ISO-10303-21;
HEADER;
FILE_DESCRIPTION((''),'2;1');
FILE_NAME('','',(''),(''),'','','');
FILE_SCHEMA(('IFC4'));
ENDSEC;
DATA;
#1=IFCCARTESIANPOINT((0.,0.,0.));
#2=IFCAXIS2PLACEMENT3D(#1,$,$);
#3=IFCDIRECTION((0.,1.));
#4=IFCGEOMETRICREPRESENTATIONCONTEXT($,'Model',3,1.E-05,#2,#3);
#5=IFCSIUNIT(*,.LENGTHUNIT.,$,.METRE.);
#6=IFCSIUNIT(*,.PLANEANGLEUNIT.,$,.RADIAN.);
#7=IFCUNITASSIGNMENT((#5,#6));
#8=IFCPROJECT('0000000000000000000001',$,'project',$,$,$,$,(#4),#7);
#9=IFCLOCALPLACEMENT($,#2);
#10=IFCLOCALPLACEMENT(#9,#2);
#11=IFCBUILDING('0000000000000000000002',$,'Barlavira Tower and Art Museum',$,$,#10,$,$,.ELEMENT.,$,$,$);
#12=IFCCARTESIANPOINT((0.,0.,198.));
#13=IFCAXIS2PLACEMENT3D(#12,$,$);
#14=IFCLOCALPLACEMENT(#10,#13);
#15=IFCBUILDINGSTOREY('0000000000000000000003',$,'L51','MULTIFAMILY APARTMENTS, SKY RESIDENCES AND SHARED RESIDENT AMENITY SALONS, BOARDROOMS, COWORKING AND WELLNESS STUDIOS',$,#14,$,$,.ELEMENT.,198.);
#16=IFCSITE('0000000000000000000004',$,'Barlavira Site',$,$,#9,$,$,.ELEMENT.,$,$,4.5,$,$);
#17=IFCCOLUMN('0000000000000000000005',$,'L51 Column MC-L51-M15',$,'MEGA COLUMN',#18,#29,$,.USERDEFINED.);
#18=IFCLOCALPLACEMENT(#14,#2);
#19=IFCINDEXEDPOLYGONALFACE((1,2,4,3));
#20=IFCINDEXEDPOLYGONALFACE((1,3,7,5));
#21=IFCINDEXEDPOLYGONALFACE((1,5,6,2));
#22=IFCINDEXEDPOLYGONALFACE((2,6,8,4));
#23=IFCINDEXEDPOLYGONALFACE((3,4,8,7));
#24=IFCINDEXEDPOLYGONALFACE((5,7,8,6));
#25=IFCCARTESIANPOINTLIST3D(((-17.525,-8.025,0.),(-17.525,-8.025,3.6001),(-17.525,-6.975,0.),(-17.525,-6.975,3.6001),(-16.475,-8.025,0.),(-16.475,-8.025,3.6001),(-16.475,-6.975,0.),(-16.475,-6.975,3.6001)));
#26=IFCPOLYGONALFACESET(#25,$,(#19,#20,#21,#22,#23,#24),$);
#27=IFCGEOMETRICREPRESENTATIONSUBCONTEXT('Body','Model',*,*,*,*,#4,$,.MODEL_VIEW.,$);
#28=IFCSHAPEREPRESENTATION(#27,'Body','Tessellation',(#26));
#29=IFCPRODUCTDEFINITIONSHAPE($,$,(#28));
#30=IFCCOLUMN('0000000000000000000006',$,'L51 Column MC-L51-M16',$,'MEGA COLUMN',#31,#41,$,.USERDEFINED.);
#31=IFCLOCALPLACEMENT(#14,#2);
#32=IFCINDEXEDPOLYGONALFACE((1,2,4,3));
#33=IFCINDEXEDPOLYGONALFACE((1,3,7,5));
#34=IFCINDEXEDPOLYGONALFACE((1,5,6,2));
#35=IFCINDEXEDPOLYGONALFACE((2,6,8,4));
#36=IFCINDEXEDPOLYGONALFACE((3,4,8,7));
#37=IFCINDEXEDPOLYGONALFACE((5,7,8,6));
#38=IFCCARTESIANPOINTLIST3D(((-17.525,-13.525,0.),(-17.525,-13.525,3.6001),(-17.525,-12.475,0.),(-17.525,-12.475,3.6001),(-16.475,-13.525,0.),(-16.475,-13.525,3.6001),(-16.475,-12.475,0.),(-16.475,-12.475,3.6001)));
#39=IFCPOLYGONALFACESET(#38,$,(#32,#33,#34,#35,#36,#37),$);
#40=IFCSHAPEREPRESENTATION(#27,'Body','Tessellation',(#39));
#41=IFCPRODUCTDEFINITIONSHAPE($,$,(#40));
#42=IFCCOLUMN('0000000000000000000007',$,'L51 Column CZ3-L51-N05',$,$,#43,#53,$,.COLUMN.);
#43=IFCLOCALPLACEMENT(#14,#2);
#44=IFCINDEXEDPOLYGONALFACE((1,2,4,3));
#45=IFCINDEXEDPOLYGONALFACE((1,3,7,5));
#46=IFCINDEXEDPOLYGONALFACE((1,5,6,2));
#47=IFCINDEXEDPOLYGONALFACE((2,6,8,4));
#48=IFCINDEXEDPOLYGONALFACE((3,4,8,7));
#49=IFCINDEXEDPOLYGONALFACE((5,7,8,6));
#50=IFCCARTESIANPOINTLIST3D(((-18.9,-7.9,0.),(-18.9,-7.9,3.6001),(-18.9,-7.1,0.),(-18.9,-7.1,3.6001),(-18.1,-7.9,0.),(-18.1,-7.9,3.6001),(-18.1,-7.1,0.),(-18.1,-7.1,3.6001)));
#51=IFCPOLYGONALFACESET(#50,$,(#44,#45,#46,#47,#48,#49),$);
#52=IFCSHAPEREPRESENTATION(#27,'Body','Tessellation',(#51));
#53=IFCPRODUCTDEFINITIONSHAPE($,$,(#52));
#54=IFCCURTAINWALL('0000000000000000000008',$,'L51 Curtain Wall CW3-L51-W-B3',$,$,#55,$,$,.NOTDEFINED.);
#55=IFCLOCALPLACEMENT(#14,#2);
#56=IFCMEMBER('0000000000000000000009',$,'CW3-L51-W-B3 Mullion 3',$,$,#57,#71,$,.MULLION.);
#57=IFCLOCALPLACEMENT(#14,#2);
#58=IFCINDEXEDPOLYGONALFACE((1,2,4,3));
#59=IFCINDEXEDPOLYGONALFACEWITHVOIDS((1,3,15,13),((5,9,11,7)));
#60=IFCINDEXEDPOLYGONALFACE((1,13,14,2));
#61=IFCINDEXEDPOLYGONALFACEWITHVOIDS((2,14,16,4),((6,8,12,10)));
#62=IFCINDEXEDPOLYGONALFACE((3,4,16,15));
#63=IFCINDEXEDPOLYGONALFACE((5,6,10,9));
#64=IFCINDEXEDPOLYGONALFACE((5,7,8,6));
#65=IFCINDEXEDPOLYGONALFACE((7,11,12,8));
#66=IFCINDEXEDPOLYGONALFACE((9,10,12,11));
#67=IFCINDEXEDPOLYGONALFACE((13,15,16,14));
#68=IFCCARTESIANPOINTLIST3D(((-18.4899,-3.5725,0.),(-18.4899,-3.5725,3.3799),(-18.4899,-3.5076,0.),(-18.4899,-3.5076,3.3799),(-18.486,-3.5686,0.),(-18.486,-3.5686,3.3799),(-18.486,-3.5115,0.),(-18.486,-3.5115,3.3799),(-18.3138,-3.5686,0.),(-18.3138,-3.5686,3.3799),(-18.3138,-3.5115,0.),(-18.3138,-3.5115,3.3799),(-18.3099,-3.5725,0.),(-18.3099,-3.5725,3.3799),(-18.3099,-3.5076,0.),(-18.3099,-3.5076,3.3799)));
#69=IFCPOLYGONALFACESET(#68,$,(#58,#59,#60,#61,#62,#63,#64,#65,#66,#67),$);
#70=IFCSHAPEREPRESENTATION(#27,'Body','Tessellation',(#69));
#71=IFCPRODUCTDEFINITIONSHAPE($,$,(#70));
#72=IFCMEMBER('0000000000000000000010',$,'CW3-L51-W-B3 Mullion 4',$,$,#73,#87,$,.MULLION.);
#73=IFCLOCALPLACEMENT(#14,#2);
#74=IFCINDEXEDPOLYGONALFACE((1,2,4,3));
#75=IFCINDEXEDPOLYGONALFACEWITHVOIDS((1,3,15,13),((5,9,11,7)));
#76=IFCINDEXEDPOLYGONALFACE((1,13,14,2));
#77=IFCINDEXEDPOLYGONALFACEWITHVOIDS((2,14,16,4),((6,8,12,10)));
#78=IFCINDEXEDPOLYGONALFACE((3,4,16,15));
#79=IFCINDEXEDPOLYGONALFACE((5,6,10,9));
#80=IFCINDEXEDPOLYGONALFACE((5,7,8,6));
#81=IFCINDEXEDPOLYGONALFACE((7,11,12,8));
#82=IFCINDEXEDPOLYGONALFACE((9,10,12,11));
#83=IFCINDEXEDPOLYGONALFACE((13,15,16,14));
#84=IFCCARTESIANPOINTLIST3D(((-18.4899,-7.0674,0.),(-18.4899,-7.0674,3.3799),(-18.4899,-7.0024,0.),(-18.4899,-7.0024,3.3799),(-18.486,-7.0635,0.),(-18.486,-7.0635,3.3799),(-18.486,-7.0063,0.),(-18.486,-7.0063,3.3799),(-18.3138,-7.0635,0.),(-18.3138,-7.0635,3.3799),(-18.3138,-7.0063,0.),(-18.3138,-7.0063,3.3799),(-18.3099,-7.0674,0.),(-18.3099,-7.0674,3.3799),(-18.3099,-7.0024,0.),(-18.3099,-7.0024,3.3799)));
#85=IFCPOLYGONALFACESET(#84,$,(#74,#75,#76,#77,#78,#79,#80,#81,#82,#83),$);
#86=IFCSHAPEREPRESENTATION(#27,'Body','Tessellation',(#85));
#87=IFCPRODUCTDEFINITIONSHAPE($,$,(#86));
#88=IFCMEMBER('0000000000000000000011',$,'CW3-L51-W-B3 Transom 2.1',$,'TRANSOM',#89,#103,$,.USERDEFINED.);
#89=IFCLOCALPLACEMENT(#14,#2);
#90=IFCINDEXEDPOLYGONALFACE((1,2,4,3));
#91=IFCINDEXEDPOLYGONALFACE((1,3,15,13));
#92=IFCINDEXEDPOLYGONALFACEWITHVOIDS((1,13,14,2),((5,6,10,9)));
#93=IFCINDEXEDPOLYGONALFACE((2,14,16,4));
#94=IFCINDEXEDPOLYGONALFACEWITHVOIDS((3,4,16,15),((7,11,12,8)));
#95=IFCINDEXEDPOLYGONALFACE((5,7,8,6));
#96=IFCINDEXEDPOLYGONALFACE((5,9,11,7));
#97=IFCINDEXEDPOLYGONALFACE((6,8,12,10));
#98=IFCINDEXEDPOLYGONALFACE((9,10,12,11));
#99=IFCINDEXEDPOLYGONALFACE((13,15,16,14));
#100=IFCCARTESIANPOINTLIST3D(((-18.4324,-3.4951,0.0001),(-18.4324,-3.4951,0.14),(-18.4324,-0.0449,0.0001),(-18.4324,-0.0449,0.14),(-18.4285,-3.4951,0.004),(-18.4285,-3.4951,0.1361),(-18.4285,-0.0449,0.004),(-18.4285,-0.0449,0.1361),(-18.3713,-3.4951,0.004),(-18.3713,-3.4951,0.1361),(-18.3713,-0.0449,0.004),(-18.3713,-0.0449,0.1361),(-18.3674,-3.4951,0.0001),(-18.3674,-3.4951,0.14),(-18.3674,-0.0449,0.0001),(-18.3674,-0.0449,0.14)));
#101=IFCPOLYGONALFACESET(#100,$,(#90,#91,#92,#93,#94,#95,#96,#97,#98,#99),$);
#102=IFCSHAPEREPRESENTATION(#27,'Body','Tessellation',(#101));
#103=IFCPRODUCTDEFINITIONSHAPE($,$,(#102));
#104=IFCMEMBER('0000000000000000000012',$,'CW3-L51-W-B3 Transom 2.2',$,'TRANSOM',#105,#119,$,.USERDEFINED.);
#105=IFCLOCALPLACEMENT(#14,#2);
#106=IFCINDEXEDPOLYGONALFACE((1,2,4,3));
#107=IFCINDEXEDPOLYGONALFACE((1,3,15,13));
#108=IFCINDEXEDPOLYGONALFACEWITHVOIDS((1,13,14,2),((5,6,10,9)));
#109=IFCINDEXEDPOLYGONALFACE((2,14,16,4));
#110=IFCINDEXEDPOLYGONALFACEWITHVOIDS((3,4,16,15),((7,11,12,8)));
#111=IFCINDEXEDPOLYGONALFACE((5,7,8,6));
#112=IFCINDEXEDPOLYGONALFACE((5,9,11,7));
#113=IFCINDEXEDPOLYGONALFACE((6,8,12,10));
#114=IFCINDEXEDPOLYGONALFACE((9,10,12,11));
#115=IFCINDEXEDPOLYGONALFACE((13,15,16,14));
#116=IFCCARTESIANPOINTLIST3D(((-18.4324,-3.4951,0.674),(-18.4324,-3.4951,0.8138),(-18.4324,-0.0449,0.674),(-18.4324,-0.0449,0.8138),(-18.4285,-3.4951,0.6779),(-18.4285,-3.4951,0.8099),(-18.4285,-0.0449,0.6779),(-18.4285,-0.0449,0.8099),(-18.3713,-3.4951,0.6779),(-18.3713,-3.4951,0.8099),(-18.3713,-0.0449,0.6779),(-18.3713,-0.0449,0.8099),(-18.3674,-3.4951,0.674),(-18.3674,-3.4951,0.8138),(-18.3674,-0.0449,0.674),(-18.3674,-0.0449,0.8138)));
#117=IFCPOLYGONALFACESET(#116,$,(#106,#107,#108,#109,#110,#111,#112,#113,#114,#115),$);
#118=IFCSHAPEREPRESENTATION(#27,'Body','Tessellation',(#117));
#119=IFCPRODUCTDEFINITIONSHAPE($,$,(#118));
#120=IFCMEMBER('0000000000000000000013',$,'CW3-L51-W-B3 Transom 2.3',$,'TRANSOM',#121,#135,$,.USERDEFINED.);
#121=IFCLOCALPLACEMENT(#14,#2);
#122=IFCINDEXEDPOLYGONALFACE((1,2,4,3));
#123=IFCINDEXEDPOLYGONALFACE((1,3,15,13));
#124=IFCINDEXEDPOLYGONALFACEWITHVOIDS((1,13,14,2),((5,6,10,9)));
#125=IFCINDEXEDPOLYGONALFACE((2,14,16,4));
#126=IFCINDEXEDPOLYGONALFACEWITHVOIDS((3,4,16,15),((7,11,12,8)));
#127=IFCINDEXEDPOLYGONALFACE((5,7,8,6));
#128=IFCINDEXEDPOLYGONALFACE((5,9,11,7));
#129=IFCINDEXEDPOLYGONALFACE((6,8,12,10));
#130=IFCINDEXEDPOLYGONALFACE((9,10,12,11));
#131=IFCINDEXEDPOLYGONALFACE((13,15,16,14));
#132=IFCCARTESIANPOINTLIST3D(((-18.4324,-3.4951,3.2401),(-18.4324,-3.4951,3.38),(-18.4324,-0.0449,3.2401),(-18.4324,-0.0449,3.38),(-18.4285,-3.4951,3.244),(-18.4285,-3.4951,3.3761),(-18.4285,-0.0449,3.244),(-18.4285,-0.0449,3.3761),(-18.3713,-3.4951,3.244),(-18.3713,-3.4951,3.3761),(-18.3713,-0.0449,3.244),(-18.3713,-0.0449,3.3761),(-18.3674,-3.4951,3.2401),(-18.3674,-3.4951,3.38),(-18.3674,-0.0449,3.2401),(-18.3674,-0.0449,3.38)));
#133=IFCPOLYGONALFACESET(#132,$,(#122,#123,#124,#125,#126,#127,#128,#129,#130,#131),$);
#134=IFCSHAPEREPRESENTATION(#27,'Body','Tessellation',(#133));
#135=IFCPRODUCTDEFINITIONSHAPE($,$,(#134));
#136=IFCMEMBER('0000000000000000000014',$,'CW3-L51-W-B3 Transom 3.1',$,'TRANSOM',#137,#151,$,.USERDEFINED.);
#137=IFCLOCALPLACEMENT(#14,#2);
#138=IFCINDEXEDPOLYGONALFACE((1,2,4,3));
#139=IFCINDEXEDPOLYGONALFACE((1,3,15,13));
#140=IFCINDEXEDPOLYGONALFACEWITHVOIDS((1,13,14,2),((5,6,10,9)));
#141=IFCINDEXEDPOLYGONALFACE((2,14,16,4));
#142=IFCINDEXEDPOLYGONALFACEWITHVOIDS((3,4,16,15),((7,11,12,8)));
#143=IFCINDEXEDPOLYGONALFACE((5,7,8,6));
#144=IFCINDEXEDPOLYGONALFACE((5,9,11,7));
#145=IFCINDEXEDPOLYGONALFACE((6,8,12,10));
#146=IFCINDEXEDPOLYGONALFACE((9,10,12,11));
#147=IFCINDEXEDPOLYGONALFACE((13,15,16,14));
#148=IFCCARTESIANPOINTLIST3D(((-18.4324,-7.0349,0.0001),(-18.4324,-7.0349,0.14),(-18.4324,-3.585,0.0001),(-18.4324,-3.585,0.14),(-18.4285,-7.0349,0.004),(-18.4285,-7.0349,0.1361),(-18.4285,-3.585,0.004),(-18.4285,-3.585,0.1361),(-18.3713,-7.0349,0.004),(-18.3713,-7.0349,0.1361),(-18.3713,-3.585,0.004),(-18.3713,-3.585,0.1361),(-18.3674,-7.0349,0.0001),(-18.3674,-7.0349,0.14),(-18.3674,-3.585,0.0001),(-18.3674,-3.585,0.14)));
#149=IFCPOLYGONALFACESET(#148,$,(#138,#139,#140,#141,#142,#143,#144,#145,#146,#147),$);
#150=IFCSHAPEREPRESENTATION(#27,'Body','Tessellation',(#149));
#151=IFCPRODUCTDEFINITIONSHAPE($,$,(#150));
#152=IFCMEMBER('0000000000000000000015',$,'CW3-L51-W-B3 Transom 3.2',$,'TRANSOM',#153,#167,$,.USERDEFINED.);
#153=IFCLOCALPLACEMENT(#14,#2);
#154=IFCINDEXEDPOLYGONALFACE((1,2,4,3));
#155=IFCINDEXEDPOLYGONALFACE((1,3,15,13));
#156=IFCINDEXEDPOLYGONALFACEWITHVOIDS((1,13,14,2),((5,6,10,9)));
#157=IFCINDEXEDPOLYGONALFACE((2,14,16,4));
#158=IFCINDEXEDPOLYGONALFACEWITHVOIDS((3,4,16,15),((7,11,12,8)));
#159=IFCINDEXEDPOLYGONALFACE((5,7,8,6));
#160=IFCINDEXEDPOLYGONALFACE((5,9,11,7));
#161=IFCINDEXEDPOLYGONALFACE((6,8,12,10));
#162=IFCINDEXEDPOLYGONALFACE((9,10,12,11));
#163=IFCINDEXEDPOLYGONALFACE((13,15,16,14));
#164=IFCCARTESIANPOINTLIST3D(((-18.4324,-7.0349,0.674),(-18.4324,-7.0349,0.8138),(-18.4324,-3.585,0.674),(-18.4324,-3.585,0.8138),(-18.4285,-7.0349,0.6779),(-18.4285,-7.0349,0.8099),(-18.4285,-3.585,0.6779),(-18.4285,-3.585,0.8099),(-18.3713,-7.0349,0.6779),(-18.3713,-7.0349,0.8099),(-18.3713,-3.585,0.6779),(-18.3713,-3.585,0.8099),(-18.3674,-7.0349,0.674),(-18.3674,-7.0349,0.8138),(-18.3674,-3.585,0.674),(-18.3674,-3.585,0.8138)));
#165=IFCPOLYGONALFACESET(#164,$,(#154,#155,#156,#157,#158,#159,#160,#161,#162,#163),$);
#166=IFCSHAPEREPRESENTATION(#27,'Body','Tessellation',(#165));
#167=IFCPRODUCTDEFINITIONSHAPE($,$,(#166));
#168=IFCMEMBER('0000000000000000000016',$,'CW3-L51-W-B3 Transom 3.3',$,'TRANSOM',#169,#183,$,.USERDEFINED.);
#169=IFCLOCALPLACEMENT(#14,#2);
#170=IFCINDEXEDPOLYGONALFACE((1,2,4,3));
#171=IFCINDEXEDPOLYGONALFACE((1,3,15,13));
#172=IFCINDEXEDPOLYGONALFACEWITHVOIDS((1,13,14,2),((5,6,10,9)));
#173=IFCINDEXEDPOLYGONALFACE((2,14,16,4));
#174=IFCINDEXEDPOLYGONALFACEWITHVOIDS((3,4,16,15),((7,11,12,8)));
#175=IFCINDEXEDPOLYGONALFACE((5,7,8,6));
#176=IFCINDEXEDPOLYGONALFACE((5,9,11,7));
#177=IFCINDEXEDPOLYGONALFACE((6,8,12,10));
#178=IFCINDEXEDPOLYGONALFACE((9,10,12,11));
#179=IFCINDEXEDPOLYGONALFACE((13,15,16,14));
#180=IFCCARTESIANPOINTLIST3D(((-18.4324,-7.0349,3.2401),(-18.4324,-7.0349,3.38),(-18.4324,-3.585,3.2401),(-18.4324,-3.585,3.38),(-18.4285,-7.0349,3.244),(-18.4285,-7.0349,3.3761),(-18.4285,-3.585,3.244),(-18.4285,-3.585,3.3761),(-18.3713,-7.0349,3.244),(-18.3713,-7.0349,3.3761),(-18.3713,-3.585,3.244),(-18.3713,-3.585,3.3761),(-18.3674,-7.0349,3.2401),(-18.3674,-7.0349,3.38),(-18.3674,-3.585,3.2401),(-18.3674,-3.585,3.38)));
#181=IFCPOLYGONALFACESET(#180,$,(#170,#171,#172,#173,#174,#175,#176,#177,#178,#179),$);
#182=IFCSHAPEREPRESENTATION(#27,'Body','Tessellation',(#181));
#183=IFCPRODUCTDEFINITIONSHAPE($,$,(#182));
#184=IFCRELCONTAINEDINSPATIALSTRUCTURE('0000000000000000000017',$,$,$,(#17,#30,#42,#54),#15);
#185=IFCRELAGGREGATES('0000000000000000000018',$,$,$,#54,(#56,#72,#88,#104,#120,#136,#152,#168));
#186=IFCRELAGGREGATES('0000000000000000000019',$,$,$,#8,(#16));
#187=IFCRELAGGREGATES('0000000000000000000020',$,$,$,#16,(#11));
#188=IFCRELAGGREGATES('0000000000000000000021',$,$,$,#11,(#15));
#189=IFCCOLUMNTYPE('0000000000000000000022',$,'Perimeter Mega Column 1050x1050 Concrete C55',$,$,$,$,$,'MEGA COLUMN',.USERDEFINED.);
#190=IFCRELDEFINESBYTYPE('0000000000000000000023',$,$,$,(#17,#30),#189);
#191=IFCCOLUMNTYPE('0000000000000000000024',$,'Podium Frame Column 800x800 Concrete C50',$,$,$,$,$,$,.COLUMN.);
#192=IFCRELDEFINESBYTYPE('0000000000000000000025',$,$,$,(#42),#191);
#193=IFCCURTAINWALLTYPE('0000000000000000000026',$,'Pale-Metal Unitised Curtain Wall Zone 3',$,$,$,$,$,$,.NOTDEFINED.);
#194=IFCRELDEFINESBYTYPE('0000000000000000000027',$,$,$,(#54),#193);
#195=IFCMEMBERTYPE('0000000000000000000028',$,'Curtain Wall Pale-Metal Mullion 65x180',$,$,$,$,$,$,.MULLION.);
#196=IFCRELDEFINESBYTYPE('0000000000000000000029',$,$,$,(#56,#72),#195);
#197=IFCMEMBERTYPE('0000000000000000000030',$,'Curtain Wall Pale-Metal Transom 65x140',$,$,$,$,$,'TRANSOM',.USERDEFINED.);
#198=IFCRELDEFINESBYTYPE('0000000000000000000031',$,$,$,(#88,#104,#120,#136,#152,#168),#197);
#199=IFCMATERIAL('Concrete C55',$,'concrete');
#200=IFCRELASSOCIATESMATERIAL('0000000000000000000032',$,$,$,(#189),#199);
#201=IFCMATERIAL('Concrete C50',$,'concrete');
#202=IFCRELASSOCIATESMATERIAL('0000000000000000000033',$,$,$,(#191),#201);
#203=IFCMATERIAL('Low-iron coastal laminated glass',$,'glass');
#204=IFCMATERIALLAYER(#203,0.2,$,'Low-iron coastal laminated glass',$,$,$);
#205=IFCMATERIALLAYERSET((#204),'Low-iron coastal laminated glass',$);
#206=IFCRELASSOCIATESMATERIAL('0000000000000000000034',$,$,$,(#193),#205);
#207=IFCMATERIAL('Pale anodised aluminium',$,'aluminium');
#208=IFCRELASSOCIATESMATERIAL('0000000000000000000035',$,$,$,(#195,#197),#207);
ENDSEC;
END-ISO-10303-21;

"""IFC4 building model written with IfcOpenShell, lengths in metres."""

from ifc_helpers import new_model, si_unit, direction, frame, origin, origin_2d, place, context, subcontext, project, spatial, rectangle, hollow_rectangle, extrude, material, layer, layer_set, material_profile, profile_set, type_object, element, aggregate, save


model = new_model("IFC4")

# Units and contexts
model_context = context("Model", 3, precision=1e-05, world=origin(), true_north=direction((0.0, 1.0)))
body_context = subcontext(model_context, "Body", "Model", "MODEL_VIEW")
ifc_project = project(units=[si_unit("LENGTHUNIT", "METRE"), si_unit("PLANEANGLEUNIT", "RADIAN")], contexts=[model_context])

# Site, building, storey
site_placement = place(None, origin())
site = spatial("IfcSite", under=ifc_project, at=site_placement, Name="Barlavira Site", CompositionType="ELEMENT", RefElevation=4.5)
building_placement = place(site_placement, origin())
building = spatial("IfcBuilding", under=site, at=building_placement, Name="Barlavira Tower and Art Museum", CompositionType="ELEMENT")
storey_placement = place(building_placement, frame((0.0, 0.0, 198.0)))
storey = spatial("IfcBuildingStorey", under=building, at=storey_placement, Name="L51", Description="MULTIFAMILY APARTMENTS, SKY RESIDENCES AND SHARED RESIDENT AMENITY SALONS, BOARDROOMS, COWORKING AND WELLNESS STUDIOS", CompositionType="ELEMENT", Elevation=198.0)

# Columns
ifc_material_1 = material(Name="Concrete C55", Category="concrete")
ifc_material_profile_1 = material_profile(ifc_material_1, rectangle(XDim=1.05, YDim=1.05, at=origin_2d()), Name="RC-COL 1050x1050")
ifc_profile_set_1 = profile_set([ifc_material_profile_1], Name="Concrete C55")
column_type_1 = type_object("IfcColumnType", Name="Perimeter Mega Column 1050x1050 Concrete C55", ElementType="MEGA COLUMN", PredefinedType="USERDEFINED", material=ifc_profile_set_1)
for number, where, z_axis, x_axis, name in (
    (1, (-17.0, -7.5, 0.0), (0.0, 0.0, 1.0), (1.0, 0.0, 0.0), "L51 Column MC-L51-M15"),
    (2, (-17.0, -13.0, 0.0), (0.0, 0.0, 1.0), (1.0, 0.0, 0.0), "L51 Column MC-L51-M16"),
):
    element("IfcColumn", number, at=place(storey_placement, frame(where, z_axis=z_axis, x_axis=x_axis)), inside=storey, type_object=column_type_1, Name=name, ObjectType="MEGA COLUMN", PredefinedType="USERDEFINED", context=body_context, shape_type="SweptSolid", body=[
        extrude(rectangle(XDim=1.05, YDim=1.05, at=origin_2d()), origin(), (0.0, 0.0, 1.0), 3.6001),
    ])
ifc_material_2 = material(Name="Concrete C50", Category="concrete")
ifc_material_profile_2 = material_profile(ifc_material_2, rectangle(XDim=0.8, YDim=0.8, at=origin_2d()), Name="RC-COL 800x800")
ifc_profile_set_2 = profile_set([ifc_material_profile_2], Name="Concrete C50")
column_type_2 = type_object("IfcColumnType", Name="Podium Frame Column 800x800 Concrete C50", PredefinedType="COLUMN", material=ifc_profile_set_2)
column_placement = place(storey_placement, frame((-18.5, -7.5, 0.0), z_axis=(0.0, 0.0, 1.0), x_axis=(1.0, 0.0, 0.0)))
element("IfcColumn", 3, at=column_placement, inside=storey, type_object=column_type_2, Name="L51 Column CZ3-L51-N05", PredefinedType="COLUMN", context=body_context, shape_type="SweptSolid", body=[
    extrude(rectangle(XDim=0.8, YDim=0.8, at=origin_2d()), origin(), (0.0, 0.0, 1.0), 3.6001),
])

# Curtain wall, members
ifc_material_3 = material(Name="Low-iron coastal laminated glass", Category="glass")
ifc_layer_1 = layer(ifc_material_3, 0.2, Name="Low-iron coastal laminated glass")
ifc_layer_set_1 = layer_set([ifc_layer_1], Name="Low-iron coastal laminated glass")
curtain_wall_type = type_object("IfcCurtainWallType", Name="Pale-Metal Unitised Curtain Wall Zone 3", PredefinedType="NOTDEFINED", material=ifc_layer_set_1)
curtain_wall_placement = place(storey_placement, origin())
curtain_wall = element("IfcCurtainWall", 4, at=curtain_wall_placement, inside=storey, type_object=curtain_wall_type, Name="L51 Curtain Wall CW3-L51-W-B3", PredefinedType="NOTDEFINED")
ifc_material_4 = material(Name="Pale anodised aluminium", Category="aluminium")
ifc_material_profile_3 = material_profile(ifc_material_4, hollow_rectangle(XDim=0.0649, YDim=0.1799, WallThickness=0.0039, at=origin_2d()), Name="ALU-MULL 65x180x4")
ifc_profile_set_3 = profile_set([ifc_material_profile_3], Name="Pale anodised aluminium")
member_type_1 = type_object("IfcMemberType", Name="Curtain Wall Pale-Metal Mullion 65x180", PredefinedType="MULLION", material=ifc_profile_set_3)
member_1_placement = place(storey_placement, frame((-18.3999, -3.54, 0.0), z_axis=(0.0, 0.0, 1.0), x_axis=(0.0, -1.0, 0.0)))
member_1 = element("IfcMember", 5, at=member_1_placement, type_object=member_type_1, Name="CW3-L51-W-B3 Mullion 3", PredefinedType="MULLION", context=body_context, shape_type="SweptSolid", body=[
    extrude(hollow_rectangle(XDim=0.0649, YDim=0.1799, WallThickness=0.0039, at=origin_2d()), origin(), (0.0, 0.0, 1.0), 3.3799),
])
member_2_placement = place(storey_placement, frame((-18.3999, -7.0349, 0.0), z_axis=(0.0, 0.0, 1.0), x_axis=(0.0, -1.0, 0.0)))
member_2 = element("IfcMember", 6, at=member_2_placement, type_object=member_type_1, Name="CW3-L51-W-B3 Mullion 4", PredefinedType="MULLION", context=body_context, shape_type="SweptSolid", body=[
    extrude(hollow_rectangle(XDim=0.0649, YDim=0.1799, WallThickness=0.0039, at=origin_2d()), origin(), (0.0, 0.0, 1.0), 3.3799),
])
ifc_material_profile_4 = material_profile(ifc_material_4, hollow_rectangle(XDim=0.0649, YDim=0.1399, WallThickness=0.0039, at=origin_2d()), Name="ALU-TRAN 65x140x4")
ifc_profile_set_4 = profile_set([ifc_material_profile_4], Name="Pale anodised aluminium")
member_type_2 = type_object("IfcMemberType", Name="Curtain Wall Pale-Metal Transom 65x140", ElementType="TRANSOM", PredefinedType="USERDEFINED", material=ifc_profile_set_4)
member_3_placement = place(storey_placement, frame((-18.3999, -0.0449, 0.0701), z_axis=(0.0, -1.0, 0.0), x_axis=(1.0, 0.0, 0.0)))
member_3 = element("IfcMember", 7, at=member_3_placement, type_object=member_type_2, Name="CW3-L51-W-B3 Transom 2.1", ObjectType="TRANSOM", PredefinedType="USERDEFINED", context=body_context, shape_type="SweptSolid", body=[
    extrude(hollow_rectangle(XDim=0.0649, YDim=0.1399, WallThickness=0.0039, at=origin_2d()), origin(), (0.0, 0.0, 1.0), 3.4502),
])
member_4_placement = place(storey_placement, frame((-18.3999, -0.0449, 0.7439), z_axis=(0.0, -1.0, 0.0), x_axis=(1.0, 0.0, 0.0)))
member_4 = element("IfcMember", 8, at=member_4_placement, type_object=member_type_2, Name="CW3-L51-W-B3 Transom 2.2", ObjectType="TRANSOM", PredefinedType="USERDEFINED", context=body_context, shape_type="SweptSolid", body=[
    extrude(hollow_rectangle(XDim=0.0649, YDim=0.1399, WallThickness=0.0039, at=origin_2d()), origin(), (0.0, 0.0, 1.0), 3.4502),
])
member_5_placement = place(storey_placement, frame((-18.3999, -0.0449, 3.3101), z_axis=(0.0, -1.0, 0.0), x_axis=(1.0, 0.0, 0.0)))
member_5 = element("IfcMember", 9, at=member_5_placement, type_object=member_type_2, Name="CW3-L51-W-B3 Transom 2.3", ObjectType="TRANSOM", PredefinedType="USERDEFINED", context=body_context, shape_type="SweptSolid", body=[
    extrude(hollow_rectangle(XDim=0.0649, YDim=0.1399, WallThickness=0.0039, at=origin_2d()), origin(), (0.0, 0.0, 1.0), 3.4502),
])
member_6_placement = place(storey_placement, frame((-18.3999, -3.585, 0.0701), z_axis=(0.0, -1.0, 0.0), x_axis=(1.0, 0.0, 0.0)))
member_6 = element("IfcMember", 10, at=member_6_placement, type_object=member_type_2, Name="CW3-L51-W-B3 Transom 3.1", ObjectType="TRANSOM", PredefinedType="USERDEFINED", context=body_context, shape_type="SweptSolid", body=[
    extrude(hollow_rectangle(XDim=0.0649, YDim=0.1399, WallThickness=0.0039, at=origin_2d()), origin(), (0.0, 0.0, 1.0), 3.45),
])
member_7_placement = place(storey_placement, frame((-18.3999, -3.585, 0.7439), z_axis=(0.0, -1.0, 0.0), x_axis=(1.0, 0.0, 0.0)))
member_7 = element("IfcMember", 11, at=member_7_placement, type_object=member_type_2, Name="CW3-L51-W-B3 Transom 3.2", ObjectType="TRANSOM", PredefinedType="USERDEFINED", context=body_context, shape_type="SweptSolid", body=[
    extrude(hollow_rectangle(XDim=0.0649, YDim=0.1399, WallThickness=0.0039, at=origin_2d()), origin(), (0.0, 0.0, 1.0), 3.45),
])
member_8_placement = place(storey_placement, frame((-18.3999, -3.585, 3.3101), z_axis=(0.0, -1.0, 0.0), x_axis=(1.0, 0.0, 0.0)))
member_8 = element("IfcMember", 12, at=member_8_placement, type_object=member_type_2, Name="CW3-L51-W-B3 Transom 3.3", ObjectType="TRANSOM", PredefinedType="USERDEFINED", context=body_context, shape_type="SweptSolid", body=[
    extrude(hollow_rectangle(XDim=0.0649, YDim=0.1399, WallThickness=0.0039, at=origin_2d()), origin(), (0.0, 0.0, 1.0), 3.45),
])

aggregate(curtain_wall, [member_1, member_2, member_3, member_4, member_5, member_6, member_7, member_8])

save(model, "model.ifc")
